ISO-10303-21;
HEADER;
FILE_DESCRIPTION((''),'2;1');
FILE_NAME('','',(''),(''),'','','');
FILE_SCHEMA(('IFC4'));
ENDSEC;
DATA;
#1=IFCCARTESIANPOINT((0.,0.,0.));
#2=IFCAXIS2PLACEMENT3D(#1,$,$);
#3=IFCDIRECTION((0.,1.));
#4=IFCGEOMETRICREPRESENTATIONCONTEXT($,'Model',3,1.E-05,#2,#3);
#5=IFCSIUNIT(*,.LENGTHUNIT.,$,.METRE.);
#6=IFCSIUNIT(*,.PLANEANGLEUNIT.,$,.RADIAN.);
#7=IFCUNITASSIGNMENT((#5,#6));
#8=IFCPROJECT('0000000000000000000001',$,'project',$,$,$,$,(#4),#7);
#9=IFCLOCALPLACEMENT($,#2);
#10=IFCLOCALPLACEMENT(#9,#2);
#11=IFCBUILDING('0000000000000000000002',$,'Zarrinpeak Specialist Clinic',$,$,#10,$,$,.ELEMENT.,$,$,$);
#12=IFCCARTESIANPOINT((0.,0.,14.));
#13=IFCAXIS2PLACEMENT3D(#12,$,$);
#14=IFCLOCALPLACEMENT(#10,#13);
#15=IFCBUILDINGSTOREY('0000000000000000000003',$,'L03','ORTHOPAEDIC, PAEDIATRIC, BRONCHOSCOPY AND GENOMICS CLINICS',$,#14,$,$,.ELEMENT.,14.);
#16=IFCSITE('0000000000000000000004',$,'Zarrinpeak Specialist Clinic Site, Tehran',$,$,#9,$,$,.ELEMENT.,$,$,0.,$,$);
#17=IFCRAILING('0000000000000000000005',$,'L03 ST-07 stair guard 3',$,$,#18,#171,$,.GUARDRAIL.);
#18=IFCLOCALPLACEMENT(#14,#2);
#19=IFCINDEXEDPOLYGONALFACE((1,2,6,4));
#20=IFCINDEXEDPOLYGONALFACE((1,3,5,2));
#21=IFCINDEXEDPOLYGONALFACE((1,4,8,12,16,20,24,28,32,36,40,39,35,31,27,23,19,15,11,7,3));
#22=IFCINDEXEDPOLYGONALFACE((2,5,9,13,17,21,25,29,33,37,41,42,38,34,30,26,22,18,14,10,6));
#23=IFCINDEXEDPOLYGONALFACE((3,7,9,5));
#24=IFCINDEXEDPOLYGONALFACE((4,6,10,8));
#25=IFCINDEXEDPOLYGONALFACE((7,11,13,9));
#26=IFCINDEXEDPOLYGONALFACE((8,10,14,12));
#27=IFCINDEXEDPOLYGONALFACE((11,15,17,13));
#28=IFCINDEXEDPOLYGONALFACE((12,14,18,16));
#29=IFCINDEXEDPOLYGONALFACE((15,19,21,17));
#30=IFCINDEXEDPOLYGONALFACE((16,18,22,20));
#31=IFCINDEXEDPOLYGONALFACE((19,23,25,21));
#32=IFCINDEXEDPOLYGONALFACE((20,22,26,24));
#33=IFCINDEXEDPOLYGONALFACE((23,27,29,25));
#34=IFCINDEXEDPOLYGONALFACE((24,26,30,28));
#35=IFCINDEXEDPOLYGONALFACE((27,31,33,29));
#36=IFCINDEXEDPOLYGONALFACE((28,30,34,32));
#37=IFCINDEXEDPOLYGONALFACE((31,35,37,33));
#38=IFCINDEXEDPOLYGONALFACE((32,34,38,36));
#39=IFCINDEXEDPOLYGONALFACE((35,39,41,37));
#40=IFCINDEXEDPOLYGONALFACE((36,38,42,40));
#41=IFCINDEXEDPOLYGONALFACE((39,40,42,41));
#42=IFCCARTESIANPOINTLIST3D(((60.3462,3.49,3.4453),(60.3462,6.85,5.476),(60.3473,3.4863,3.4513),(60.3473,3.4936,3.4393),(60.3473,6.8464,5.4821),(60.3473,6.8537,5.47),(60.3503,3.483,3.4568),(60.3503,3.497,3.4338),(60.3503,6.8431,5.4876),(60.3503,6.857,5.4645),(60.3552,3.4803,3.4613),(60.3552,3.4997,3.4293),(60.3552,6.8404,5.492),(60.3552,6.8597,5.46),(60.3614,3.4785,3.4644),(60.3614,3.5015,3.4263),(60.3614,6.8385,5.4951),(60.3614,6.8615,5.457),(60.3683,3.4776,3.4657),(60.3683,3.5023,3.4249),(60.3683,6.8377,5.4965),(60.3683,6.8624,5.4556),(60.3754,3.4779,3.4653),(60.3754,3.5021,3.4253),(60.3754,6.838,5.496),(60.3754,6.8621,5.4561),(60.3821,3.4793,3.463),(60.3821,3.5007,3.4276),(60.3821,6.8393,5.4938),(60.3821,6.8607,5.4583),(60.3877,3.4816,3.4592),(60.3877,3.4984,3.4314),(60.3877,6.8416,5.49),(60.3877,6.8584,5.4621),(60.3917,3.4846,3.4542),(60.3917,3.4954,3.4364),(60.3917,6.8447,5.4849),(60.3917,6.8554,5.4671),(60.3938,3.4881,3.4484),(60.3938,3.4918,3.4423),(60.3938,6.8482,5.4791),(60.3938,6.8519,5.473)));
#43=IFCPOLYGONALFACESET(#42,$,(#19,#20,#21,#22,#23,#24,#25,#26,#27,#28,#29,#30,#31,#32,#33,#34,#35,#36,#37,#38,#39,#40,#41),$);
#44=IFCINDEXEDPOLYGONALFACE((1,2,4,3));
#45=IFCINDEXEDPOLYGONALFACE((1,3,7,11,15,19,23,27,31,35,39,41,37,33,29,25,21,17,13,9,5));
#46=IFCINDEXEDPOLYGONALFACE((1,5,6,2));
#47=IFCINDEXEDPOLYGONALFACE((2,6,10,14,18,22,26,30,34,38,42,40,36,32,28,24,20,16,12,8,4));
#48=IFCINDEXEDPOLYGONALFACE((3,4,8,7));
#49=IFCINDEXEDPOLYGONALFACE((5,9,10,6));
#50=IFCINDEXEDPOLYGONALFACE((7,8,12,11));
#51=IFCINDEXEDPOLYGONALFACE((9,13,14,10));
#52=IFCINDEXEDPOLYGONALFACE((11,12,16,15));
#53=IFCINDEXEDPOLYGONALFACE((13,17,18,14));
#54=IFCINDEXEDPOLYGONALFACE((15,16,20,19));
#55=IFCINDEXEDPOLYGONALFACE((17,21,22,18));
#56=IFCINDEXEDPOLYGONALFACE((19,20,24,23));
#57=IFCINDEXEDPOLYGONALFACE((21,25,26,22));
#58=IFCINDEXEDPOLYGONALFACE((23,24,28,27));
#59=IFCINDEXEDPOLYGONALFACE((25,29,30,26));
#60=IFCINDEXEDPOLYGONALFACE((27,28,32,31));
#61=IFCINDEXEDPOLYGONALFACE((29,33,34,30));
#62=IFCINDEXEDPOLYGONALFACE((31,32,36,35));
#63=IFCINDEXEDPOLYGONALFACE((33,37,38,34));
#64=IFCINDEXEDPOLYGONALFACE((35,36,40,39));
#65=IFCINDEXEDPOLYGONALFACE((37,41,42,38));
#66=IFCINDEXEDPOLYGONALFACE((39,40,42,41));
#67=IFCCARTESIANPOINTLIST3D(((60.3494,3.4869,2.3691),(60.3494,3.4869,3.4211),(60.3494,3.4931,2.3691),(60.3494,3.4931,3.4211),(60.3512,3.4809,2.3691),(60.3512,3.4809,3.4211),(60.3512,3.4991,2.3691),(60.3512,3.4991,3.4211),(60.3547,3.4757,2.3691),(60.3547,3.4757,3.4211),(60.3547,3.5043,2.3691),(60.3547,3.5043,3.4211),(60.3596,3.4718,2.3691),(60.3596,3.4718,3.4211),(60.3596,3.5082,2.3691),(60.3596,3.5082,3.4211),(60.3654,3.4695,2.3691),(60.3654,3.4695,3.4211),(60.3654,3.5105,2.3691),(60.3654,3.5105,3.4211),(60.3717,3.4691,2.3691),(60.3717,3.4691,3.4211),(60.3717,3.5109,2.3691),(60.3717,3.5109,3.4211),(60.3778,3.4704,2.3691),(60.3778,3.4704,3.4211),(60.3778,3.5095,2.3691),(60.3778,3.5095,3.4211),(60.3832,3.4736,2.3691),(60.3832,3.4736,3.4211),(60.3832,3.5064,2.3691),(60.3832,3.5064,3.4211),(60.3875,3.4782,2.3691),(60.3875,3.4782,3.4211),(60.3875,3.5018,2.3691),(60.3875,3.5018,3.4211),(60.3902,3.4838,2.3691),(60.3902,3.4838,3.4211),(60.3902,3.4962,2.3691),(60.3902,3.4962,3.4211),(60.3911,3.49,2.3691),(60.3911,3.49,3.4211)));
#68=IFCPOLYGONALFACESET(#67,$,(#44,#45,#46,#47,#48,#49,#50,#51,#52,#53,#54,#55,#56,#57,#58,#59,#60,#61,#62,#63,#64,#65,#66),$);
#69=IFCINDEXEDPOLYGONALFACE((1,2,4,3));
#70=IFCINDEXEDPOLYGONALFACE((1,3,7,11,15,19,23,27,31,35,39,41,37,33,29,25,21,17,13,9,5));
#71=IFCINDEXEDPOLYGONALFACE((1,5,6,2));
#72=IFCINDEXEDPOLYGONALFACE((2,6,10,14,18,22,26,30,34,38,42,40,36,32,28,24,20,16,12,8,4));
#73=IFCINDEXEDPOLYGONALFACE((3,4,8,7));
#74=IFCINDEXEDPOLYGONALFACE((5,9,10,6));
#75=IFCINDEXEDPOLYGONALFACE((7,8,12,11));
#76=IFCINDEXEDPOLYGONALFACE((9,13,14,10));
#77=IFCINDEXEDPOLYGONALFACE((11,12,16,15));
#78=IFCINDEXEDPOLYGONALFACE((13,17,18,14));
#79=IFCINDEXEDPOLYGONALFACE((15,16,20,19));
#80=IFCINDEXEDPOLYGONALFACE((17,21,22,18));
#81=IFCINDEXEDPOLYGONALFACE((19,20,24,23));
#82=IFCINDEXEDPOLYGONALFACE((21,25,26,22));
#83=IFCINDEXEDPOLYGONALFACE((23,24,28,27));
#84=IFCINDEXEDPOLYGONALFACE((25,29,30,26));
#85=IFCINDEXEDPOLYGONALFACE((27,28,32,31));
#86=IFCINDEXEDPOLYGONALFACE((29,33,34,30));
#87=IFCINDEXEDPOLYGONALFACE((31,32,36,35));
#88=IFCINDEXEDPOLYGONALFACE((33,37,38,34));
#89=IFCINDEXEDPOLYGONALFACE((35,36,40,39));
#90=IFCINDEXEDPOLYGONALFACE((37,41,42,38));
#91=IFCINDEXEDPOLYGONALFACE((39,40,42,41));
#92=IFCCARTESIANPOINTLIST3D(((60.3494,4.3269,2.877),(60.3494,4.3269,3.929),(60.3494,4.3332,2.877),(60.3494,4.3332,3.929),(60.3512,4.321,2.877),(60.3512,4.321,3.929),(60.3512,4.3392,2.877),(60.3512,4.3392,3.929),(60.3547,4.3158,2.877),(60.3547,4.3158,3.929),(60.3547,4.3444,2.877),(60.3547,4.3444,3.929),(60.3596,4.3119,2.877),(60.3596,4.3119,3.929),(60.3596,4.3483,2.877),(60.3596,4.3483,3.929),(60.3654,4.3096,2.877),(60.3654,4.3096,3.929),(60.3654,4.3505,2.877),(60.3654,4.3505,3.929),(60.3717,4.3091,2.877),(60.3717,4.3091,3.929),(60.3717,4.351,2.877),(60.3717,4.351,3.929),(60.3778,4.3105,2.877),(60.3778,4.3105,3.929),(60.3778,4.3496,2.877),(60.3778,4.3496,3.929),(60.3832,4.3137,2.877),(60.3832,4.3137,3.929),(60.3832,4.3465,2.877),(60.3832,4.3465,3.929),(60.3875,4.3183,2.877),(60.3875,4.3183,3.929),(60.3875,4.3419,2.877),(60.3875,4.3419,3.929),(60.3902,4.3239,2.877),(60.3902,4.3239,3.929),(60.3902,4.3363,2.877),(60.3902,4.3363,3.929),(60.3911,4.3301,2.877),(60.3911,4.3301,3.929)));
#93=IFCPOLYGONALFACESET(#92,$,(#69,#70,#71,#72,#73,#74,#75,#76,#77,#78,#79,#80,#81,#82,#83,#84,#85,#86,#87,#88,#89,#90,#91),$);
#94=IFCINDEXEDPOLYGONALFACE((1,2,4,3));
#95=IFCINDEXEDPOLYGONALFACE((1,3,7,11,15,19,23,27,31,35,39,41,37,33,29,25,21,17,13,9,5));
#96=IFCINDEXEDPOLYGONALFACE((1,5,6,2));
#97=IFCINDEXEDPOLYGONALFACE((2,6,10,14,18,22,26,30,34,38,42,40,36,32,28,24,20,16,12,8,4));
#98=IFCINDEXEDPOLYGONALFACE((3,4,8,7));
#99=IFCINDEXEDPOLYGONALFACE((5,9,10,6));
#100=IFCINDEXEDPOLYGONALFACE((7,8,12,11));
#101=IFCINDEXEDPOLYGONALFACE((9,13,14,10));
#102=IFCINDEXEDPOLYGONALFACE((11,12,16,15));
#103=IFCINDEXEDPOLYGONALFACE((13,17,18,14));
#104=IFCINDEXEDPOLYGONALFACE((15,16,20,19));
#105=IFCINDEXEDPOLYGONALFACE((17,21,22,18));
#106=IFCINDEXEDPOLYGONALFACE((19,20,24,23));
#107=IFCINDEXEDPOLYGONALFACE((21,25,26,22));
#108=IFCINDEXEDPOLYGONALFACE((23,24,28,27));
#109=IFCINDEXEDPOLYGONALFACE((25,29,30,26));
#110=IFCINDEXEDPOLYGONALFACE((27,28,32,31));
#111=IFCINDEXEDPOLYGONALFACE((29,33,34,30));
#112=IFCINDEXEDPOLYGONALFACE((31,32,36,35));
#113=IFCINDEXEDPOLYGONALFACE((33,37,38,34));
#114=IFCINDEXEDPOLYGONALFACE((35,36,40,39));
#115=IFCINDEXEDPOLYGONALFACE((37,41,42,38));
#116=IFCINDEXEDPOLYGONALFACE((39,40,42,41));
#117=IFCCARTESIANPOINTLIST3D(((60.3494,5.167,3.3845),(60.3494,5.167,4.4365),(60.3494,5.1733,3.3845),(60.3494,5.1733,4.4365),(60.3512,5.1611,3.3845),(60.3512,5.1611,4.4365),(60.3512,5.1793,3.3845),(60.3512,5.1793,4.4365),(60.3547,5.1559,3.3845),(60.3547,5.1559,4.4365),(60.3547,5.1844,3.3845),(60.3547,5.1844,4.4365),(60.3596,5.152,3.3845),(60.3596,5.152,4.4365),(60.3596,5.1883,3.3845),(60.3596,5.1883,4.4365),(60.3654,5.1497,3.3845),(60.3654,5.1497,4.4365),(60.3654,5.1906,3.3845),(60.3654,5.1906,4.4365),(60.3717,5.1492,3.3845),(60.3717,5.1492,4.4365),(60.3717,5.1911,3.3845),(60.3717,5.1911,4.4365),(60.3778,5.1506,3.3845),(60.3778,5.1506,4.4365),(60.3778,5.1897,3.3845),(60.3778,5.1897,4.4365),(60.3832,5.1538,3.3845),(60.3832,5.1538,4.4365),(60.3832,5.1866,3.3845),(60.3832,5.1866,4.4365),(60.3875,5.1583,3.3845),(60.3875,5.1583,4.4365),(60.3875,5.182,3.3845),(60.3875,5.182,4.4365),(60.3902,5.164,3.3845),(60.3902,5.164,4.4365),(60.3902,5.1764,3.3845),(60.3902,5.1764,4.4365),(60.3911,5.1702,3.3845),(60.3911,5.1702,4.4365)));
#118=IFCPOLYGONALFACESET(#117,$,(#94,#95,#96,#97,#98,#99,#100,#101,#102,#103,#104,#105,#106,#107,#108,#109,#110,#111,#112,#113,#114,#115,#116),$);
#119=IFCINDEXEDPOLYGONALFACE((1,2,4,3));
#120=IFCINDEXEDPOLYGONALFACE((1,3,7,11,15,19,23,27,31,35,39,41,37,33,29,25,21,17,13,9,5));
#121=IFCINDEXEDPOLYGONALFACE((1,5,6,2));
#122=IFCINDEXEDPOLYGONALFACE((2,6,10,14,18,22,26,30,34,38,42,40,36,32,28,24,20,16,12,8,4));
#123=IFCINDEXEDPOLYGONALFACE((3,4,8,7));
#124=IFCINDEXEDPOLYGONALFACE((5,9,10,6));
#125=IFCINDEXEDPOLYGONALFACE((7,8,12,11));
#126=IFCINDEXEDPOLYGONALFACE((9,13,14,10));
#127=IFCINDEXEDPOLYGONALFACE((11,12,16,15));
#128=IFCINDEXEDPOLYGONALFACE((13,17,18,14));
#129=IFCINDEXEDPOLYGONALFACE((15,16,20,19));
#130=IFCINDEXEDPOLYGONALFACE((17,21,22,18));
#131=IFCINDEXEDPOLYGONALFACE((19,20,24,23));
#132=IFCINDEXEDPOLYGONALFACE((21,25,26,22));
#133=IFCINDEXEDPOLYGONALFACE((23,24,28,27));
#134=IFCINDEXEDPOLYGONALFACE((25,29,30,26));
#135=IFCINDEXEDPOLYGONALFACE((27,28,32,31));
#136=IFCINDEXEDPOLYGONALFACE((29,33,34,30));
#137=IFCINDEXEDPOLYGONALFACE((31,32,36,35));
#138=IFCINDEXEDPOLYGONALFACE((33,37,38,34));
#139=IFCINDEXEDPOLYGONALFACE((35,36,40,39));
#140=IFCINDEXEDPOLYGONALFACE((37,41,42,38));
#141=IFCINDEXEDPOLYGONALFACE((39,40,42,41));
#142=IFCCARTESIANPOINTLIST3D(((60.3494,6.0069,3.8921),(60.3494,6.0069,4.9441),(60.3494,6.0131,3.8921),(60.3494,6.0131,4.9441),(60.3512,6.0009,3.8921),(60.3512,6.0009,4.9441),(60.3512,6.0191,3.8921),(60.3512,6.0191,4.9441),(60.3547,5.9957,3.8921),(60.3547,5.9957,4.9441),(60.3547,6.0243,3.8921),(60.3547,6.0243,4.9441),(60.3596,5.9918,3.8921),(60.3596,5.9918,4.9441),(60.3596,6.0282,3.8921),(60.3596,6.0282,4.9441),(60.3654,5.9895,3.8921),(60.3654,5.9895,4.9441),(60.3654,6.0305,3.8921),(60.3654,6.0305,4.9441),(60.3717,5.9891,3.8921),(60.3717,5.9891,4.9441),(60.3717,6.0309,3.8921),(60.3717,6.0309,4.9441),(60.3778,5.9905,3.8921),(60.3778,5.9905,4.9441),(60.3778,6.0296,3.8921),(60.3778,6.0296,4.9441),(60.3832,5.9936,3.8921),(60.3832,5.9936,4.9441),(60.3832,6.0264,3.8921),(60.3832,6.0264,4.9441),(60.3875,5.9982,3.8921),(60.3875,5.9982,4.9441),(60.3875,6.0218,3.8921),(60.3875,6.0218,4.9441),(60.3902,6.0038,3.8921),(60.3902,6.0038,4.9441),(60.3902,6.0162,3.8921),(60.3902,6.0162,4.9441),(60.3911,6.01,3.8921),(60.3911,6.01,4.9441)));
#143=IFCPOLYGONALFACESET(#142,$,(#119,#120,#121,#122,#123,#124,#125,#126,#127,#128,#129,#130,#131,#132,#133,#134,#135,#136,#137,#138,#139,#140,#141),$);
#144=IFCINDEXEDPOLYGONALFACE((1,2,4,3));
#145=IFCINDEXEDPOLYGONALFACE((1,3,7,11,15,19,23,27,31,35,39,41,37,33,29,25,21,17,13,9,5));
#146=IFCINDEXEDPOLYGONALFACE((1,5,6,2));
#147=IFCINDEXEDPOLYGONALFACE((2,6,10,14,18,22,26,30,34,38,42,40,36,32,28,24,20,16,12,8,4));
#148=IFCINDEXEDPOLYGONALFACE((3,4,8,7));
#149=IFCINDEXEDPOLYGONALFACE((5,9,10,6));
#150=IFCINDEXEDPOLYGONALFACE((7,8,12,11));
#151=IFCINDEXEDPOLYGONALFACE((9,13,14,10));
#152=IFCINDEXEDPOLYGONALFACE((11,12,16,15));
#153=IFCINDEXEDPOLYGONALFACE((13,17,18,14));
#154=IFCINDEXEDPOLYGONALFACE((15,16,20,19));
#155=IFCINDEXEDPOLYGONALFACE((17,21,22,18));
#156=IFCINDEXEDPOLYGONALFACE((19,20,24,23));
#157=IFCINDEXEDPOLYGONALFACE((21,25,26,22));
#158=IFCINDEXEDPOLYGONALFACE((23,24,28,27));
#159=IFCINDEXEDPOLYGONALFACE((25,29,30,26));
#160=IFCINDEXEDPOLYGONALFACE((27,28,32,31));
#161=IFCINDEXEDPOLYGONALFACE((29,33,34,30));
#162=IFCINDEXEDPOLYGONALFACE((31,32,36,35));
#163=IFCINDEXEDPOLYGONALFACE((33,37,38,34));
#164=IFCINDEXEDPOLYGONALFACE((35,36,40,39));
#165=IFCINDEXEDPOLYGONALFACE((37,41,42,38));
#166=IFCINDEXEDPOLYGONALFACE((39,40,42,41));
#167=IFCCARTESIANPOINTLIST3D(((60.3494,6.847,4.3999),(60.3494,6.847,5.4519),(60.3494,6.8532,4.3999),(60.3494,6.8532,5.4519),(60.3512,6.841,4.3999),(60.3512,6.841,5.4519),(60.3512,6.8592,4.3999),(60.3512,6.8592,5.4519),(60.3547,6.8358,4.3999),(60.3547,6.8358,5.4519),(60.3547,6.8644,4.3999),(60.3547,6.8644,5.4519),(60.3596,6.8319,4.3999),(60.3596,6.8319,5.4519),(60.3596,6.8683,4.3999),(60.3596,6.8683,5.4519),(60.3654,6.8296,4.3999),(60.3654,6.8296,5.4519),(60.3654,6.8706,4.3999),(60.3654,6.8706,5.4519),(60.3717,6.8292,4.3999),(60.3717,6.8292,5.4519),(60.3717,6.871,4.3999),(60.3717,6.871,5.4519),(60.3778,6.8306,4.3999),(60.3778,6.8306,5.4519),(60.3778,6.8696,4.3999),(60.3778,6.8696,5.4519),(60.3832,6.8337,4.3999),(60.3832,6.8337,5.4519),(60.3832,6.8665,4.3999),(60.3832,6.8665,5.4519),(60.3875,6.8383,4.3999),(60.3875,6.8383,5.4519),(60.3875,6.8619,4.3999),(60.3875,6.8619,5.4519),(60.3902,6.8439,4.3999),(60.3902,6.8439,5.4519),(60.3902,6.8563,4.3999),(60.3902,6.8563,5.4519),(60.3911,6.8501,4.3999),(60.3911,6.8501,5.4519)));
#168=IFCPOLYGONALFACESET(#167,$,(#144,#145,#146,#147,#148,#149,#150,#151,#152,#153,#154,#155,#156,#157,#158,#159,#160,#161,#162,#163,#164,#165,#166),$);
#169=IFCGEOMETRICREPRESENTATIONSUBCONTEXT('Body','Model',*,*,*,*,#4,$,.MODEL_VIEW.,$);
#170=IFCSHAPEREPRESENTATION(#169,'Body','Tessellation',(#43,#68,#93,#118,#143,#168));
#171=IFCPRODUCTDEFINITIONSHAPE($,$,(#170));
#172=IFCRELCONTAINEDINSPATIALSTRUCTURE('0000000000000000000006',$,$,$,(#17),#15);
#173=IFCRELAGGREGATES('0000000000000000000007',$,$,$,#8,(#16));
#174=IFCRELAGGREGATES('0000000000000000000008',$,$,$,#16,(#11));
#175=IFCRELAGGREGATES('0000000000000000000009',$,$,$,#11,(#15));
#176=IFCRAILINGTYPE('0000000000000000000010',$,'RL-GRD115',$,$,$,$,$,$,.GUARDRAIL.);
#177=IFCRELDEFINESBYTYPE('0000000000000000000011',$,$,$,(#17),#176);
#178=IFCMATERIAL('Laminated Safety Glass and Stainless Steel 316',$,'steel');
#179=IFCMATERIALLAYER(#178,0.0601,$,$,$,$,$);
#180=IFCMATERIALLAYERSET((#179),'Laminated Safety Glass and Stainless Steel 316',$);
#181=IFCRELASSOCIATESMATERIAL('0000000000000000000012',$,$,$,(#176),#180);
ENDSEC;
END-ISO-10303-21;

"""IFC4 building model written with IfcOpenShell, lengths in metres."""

from ifc_helpers import new_model, si_unit, direction, frame, origin, origin_2d, place, context, subcontext, project, spatial, circle, extrude, material, layer, layer_set, type_object, element, save


model = new_model("IFC4")

# Units and contexts
model_context = context("Model", 3, precision=1e-05, world=origin(), true_north=direction((0.0, 1.0)))
body_context = subcontext(model_context, "Body", "Model", "MODEL_VIEW")
ifc_project = project(units=[si_unit("LENGTHUNIT", "METRE"), si_unit("PLANEANGLEUNIT", "RADIAN")], contexts=[model_context])

# Site, building, storey
site_placement = place(None, origin())
site = spatial("IfcSite", under=ifc_project, at=site_placement, Name="Zarrinpeak Specialist Clinic Site, Tehran", CompositionType="ELEMENT", RefElevation=0.0)
building_placement = place(site_placement, origin())
building = spatial("IfcBuilding", under=site, at=building_placement, Name="Zarrinpeak Specialist Clinic", CompositionType="ELEMENT")
storey_placement = place(building_placement, frame((0.0, 0.0, 14.0)))
storey = spatial("IfcBuildingStorey", under=building, at=storey_placement, Name="L03", Description="ORTHOPAEDIC, PAEDIATRIC, BRONCHOSCOPY AND GENOMICS CLINICS", CompositionType="ELEMENT", Elevation=14.0)

# Railing
ifc_material_1 = material(Name="Laminated Safety Glass and Stainless Steel 316", Category="steel")
ifc_layer_1 = layer(ifc_material_1, 0.0601)
ifc_layer_set_1 = layer_set([ifc_layer_1], Name="Laminated Safety Glass and Stainless Steel 316")
railing_type_1 = type_object("IfcRailingType", Name="RL-GRD115", PredefinedType="GUARDRAIL", material=ifc_layer_set_1)
railing_1_placement = place(storey_placement, frame((60.3701, 3.49, 2.3691)))
element("IfcRailing", 1, at=railing_1_placement, inside=storey, type_object=railing_type_1, Name="L03 ST-07 stair guard 3", PredefinedType="GUARDRAIL", context=body_context, shape_type="SweptSolid", body=[
    extrude(circle(Radius=0.0239, at=origin_2d()), frame((0.0, 0.0, 1.0762), z_axis=(0.0, 0.855837, 0.517246), x_axis=(-1.0, 0.0, 0.0)), (0.0, 0.0, 1.0), 3.926),
    extrude(circle(Radius=0.021, at=origin_2d()), origin(), (0.0, 0.0, 1.0), 1.052),
    extrude(circle(Radius=0.021, at=origin_2d()), frame((0.0, 0.8401, 0.5078)), (0.0, 0.0, 1.0), 1.052),
    extrude(circle(Radius=0.021, at=origin_2d()), frame((0.0, 1.6802, 1.0154)), (0.0, 0.0, 1.0), 1.052),
    extrude(circle(Radius=0.021, at=origin_2d()), frame((0.0, 2.52, 1.5229)), (0.0, 0.0, 1.0), 1.052),
    extrude(circle(Radius=0.021, at=origin_2d()), frame((0.0, 3.3601, 2.0308)), (0.0, 0.0, 1.0), 1.052),
])

save(model, "model.ifc")
